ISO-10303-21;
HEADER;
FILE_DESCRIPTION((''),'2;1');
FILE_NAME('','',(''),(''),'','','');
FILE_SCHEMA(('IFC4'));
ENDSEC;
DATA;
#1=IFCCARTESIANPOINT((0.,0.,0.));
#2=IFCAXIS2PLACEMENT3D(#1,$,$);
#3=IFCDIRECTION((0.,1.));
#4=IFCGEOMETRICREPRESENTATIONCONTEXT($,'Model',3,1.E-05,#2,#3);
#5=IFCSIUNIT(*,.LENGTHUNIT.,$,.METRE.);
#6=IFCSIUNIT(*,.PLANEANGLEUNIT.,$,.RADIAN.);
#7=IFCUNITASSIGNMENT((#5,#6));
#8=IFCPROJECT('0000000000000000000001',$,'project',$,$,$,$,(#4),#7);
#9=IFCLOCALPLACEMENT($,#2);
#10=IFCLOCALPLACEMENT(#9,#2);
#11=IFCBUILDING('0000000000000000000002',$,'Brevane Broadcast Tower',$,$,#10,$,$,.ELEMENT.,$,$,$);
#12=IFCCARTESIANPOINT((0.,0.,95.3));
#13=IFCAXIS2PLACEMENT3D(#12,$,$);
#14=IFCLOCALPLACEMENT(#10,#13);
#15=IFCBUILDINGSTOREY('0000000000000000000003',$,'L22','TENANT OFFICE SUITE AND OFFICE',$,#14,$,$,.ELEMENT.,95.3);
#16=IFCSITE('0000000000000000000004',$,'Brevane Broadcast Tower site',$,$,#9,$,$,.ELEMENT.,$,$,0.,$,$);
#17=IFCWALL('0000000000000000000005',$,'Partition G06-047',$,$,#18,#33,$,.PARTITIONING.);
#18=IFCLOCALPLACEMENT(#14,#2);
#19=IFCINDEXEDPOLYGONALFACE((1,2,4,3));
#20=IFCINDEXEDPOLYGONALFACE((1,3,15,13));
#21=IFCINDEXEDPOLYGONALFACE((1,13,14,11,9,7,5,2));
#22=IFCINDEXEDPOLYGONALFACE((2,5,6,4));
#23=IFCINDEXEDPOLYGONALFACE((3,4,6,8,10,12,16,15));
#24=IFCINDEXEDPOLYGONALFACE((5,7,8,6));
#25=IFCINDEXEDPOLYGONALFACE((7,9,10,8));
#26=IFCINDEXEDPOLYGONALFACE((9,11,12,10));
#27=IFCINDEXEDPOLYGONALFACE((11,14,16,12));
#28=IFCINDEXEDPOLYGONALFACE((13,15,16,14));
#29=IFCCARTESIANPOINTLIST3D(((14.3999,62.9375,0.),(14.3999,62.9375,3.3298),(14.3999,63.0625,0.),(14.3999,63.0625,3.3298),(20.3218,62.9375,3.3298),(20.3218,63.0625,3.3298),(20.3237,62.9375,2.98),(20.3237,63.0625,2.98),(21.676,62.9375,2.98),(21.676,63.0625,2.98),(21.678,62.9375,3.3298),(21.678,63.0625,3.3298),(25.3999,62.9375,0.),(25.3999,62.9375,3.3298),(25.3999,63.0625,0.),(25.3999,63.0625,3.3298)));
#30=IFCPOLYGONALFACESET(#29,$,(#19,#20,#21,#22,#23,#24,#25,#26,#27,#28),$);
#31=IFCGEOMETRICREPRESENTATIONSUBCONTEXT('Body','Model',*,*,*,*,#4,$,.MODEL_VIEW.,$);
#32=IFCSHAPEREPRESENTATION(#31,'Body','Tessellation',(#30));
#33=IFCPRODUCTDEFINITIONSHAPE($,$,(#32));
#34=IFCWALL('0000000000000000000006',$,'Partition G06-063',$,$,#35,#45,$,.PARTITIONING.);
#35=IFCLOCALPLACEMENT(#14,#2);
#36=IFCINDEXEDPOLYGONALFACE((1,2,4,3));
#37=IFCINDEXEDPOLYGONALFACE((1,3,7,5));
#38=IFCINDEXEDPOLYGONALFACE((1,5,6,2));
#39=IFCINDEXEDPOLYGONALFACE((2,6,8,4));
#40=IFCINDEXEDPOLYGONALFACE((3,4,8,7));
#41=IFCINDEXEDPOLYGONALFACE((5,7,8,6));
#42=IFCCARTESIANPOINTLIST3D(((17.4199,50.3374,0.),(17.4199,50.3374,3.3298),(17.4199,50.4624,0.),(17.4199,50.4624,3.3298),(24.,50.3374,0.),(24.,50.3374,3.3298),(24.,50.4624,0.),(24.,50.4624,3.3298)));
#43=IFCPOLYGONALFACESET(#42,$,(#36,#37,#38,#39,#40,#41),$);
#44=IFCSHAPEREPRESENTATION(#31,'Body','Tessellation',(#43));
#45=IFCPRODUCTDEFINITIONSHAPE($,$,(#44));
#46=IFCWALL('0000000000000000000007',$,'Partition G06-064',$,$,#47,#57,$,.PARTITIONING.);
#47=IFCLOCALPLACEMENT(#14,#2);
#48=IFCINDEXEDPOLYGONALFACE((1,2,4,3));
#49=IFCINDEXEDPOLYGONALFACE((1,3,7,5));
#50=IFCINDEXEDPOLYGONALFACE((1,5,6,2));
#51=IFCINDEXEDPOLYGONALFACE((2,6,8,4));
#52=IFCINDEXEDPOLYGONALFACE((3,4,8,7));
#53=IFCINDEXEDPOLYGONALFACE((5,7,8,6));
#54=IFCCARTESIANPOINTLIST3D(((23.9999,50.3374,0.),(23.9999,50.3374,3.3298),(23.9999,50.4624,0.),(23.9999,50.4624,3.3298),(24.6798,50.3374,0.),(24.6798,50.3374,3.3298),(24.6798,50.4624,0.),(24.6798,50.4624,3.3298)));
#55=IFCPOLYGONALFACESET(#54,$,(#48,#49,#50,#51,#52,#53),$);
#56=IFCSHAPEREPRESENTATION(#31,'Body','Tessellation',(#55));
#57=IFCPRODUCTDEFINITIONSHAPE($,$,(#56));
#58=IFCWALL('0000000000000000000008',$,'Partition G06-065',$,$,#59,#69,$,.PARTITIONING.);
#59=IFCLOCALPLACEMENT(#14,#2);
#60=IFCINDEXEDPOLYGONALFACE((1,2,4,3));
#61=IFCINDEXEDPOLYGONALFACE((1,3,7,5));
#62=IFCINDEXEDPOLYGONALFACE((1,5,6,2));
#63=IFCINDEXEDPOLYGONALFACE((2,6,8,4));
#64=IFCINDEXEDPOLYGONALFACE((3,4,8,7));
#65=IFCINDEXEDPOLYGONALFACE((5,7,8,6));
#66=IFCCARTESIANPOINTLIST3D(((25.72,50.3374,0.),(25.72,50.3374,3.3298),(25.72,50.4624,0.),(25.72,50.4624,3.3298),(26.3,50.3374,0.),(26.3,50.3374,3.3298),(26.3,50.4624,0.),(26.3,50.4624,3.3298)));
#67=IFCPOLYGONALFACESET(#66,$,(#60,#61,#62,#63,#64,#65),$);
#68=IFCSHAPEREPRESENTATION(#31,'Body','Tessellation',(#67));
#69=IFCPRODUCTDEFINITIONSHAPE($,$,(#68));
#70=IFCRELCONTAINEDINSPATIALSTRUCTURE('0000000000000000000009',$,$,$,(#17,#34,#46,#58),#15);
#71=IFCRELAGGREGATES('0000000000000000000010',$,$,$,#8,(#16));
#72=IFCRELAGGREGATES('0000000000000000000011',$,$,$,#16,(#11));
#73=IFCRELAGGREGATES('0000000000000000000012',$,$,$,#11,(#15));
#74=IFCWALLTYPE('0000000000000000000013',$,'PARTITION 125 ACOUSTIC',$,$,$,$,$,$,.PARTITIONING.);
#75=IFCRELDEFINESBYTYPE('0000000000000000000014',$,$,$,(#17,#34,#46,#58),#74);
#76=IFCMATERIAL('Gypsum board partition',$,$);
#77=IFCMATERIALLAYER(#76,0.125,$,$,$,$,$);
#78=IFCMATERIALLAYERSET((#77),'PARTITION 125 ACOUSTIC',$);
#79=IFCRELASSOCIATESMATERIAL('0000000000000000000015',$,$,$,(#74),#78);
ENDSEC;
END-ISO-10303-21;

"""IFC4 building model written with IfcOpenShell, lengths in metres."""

from ifc_helpers import new_model, si_unit, direction, frame, frame_2d, origin, place, context, subcontext, project, spatial, polyline, rectangle, outline, extrude, material, layer, layer_set, type_object, element, save


model = new_model("IFC4")

# Units and contexts
model_context = context("Model", 3, precision=1e-05, world=origin(), true_north=direction((0.0, 1.0)))
body_context = subcontext(model_context, "Body", "Model", "MODEL_VIEW")
ifc_project = project(units=[si_unit("LENGTHUNIT", "METRE"), si_unit("PLANEANGLEUNIT", "RADIAN")], contexts=[model_context])

# Site, building, storey
site_placement = place(None, origin())
site = spatial("IfcSite", under=ifc_project, at=site_placement, Name="Brevane Broadcast Tower site", CompositionType="ELEMENT", RefElevation=0.0)
building_placement = place(site_placement, origin())
building = spatial("IfcBuilding", under=site, at=building_placement, Name="Brevane Broadcast Tower", CompositionType="ELEMENT")
storey_placement = place(building_placement, frame((0.0, 0.0, 95.3)))
storey = spatial("IfcBuildingStorey", under=building, at=storey_placement, Name="L22", Description="TENANT OFFICE SUITE AND OFFICE", CompositionType="ELEMENT", Elevation=95.3)

# Shared definitions
ifc_material_1 = material(Name="Gypsum board partition")

# Walls
ifc_layer_1 = layer(ifc_material_1, 0.125)
ifc_layer_set_1 = layer_set([ifc_layer_1], Name="PARTITION 125 ACOUSTIC")
wall_type_1 = type_object("IfcWallType", Name="PARTITION 125 ACOUSTIC", PredefinedType="PARTITIONING", material=ifc_layer_set_1)
wall_1_placement = place(storey_placement, frame((25.3999, 63.0, 0.0), z_axis=(0.0, 0.0, 1.0), x_axis=(-1.0, 0.0, 0.0)))
element("IfcWall", 1, at=wall_1_placement, inside=storey, type_object=wall_type_1, Name="Partition G06-047", PredefinedType="PARTITIONING", context=body_context, shape_type="SweptSolid", body=[
    extrude(outline(polyline([(0.0, 0.0), (11.0, 0.0), (11.0, 3.3298), (5.0781, 3.3298), (5.0762, 2.98), (3.7239, 2.98), (3.7219, 3.3298), (0.0, 3.3298), (0.0, 0.0)])), frame((0.0, 0.0625, 0.0), z_axis=(0.0, -1.0, 0.0), x_axis=(1.0, 0.0, 0.0)), (0.0, 0.0, 1.0), 0.125),
])
wall_2_placement = place(storey_placement, frame((17.4199, 50.3999, 0.0), z_axis=(0.0, 0.0, 1.0), x_axis=(1.0, 0.0, 0.0)))
element("IfcWall", 2, at=wall_2_placement, inside=storey, type_object=wall_type_1, Name="Partition G06-063", PredefinedType="PARTITIONING", context=body_context, shape_type="SweptSolid", body=[
    extrude(rectangle(XDim=6.5801, YDim=0.125, at=frame_2d((3.29, 0.0))), origin(), (0.0, 0.0, 1.0), 3.3298),
])
wall_3_placement = place(storey_placement, frame((24.0, 50.3999, 0.0), z_axis=(0.0, 0.0, 1.0), x_axis=(1.0, 0.0, 0.0)))
element("IfcWall", 3, at=wall_3_placement, inside=storey, type_object=wall_type_1, Name="Partition G06-064", PredefinedType="PARTITIONING", context=body_context, shape_type="SweptSolid", body=[
    extrude(rectangle(XDim=0.6799, YDim=0.125, at=frame_2d((0.3398, 0.0))), origin(), (0.0, 0.0, 1.0), 3.3298),
])
wall_4_placement = place(storey_placement, frame((25.72, 50.3999, 0.0), z_axis=(0.0, 0.0, 1.0), x_axis=(1.0, 0.0, 0.0)))
element("IfcWall", 4, at=wall_4_placement, inside=storey, type_object=wall_type_1, Name="Partition G06-065", PredefinedType="PARTITIONING", context=body_context, shape_type="SweptSolid", body=[
    extrude(rectangle(XDim=0.5801, YDim=0.125, at=frame_2d((0.29, 0.0))), origin(), (0.0, 0.0, 1.0), 3.3298),
])

save(model, "model.ifc")
